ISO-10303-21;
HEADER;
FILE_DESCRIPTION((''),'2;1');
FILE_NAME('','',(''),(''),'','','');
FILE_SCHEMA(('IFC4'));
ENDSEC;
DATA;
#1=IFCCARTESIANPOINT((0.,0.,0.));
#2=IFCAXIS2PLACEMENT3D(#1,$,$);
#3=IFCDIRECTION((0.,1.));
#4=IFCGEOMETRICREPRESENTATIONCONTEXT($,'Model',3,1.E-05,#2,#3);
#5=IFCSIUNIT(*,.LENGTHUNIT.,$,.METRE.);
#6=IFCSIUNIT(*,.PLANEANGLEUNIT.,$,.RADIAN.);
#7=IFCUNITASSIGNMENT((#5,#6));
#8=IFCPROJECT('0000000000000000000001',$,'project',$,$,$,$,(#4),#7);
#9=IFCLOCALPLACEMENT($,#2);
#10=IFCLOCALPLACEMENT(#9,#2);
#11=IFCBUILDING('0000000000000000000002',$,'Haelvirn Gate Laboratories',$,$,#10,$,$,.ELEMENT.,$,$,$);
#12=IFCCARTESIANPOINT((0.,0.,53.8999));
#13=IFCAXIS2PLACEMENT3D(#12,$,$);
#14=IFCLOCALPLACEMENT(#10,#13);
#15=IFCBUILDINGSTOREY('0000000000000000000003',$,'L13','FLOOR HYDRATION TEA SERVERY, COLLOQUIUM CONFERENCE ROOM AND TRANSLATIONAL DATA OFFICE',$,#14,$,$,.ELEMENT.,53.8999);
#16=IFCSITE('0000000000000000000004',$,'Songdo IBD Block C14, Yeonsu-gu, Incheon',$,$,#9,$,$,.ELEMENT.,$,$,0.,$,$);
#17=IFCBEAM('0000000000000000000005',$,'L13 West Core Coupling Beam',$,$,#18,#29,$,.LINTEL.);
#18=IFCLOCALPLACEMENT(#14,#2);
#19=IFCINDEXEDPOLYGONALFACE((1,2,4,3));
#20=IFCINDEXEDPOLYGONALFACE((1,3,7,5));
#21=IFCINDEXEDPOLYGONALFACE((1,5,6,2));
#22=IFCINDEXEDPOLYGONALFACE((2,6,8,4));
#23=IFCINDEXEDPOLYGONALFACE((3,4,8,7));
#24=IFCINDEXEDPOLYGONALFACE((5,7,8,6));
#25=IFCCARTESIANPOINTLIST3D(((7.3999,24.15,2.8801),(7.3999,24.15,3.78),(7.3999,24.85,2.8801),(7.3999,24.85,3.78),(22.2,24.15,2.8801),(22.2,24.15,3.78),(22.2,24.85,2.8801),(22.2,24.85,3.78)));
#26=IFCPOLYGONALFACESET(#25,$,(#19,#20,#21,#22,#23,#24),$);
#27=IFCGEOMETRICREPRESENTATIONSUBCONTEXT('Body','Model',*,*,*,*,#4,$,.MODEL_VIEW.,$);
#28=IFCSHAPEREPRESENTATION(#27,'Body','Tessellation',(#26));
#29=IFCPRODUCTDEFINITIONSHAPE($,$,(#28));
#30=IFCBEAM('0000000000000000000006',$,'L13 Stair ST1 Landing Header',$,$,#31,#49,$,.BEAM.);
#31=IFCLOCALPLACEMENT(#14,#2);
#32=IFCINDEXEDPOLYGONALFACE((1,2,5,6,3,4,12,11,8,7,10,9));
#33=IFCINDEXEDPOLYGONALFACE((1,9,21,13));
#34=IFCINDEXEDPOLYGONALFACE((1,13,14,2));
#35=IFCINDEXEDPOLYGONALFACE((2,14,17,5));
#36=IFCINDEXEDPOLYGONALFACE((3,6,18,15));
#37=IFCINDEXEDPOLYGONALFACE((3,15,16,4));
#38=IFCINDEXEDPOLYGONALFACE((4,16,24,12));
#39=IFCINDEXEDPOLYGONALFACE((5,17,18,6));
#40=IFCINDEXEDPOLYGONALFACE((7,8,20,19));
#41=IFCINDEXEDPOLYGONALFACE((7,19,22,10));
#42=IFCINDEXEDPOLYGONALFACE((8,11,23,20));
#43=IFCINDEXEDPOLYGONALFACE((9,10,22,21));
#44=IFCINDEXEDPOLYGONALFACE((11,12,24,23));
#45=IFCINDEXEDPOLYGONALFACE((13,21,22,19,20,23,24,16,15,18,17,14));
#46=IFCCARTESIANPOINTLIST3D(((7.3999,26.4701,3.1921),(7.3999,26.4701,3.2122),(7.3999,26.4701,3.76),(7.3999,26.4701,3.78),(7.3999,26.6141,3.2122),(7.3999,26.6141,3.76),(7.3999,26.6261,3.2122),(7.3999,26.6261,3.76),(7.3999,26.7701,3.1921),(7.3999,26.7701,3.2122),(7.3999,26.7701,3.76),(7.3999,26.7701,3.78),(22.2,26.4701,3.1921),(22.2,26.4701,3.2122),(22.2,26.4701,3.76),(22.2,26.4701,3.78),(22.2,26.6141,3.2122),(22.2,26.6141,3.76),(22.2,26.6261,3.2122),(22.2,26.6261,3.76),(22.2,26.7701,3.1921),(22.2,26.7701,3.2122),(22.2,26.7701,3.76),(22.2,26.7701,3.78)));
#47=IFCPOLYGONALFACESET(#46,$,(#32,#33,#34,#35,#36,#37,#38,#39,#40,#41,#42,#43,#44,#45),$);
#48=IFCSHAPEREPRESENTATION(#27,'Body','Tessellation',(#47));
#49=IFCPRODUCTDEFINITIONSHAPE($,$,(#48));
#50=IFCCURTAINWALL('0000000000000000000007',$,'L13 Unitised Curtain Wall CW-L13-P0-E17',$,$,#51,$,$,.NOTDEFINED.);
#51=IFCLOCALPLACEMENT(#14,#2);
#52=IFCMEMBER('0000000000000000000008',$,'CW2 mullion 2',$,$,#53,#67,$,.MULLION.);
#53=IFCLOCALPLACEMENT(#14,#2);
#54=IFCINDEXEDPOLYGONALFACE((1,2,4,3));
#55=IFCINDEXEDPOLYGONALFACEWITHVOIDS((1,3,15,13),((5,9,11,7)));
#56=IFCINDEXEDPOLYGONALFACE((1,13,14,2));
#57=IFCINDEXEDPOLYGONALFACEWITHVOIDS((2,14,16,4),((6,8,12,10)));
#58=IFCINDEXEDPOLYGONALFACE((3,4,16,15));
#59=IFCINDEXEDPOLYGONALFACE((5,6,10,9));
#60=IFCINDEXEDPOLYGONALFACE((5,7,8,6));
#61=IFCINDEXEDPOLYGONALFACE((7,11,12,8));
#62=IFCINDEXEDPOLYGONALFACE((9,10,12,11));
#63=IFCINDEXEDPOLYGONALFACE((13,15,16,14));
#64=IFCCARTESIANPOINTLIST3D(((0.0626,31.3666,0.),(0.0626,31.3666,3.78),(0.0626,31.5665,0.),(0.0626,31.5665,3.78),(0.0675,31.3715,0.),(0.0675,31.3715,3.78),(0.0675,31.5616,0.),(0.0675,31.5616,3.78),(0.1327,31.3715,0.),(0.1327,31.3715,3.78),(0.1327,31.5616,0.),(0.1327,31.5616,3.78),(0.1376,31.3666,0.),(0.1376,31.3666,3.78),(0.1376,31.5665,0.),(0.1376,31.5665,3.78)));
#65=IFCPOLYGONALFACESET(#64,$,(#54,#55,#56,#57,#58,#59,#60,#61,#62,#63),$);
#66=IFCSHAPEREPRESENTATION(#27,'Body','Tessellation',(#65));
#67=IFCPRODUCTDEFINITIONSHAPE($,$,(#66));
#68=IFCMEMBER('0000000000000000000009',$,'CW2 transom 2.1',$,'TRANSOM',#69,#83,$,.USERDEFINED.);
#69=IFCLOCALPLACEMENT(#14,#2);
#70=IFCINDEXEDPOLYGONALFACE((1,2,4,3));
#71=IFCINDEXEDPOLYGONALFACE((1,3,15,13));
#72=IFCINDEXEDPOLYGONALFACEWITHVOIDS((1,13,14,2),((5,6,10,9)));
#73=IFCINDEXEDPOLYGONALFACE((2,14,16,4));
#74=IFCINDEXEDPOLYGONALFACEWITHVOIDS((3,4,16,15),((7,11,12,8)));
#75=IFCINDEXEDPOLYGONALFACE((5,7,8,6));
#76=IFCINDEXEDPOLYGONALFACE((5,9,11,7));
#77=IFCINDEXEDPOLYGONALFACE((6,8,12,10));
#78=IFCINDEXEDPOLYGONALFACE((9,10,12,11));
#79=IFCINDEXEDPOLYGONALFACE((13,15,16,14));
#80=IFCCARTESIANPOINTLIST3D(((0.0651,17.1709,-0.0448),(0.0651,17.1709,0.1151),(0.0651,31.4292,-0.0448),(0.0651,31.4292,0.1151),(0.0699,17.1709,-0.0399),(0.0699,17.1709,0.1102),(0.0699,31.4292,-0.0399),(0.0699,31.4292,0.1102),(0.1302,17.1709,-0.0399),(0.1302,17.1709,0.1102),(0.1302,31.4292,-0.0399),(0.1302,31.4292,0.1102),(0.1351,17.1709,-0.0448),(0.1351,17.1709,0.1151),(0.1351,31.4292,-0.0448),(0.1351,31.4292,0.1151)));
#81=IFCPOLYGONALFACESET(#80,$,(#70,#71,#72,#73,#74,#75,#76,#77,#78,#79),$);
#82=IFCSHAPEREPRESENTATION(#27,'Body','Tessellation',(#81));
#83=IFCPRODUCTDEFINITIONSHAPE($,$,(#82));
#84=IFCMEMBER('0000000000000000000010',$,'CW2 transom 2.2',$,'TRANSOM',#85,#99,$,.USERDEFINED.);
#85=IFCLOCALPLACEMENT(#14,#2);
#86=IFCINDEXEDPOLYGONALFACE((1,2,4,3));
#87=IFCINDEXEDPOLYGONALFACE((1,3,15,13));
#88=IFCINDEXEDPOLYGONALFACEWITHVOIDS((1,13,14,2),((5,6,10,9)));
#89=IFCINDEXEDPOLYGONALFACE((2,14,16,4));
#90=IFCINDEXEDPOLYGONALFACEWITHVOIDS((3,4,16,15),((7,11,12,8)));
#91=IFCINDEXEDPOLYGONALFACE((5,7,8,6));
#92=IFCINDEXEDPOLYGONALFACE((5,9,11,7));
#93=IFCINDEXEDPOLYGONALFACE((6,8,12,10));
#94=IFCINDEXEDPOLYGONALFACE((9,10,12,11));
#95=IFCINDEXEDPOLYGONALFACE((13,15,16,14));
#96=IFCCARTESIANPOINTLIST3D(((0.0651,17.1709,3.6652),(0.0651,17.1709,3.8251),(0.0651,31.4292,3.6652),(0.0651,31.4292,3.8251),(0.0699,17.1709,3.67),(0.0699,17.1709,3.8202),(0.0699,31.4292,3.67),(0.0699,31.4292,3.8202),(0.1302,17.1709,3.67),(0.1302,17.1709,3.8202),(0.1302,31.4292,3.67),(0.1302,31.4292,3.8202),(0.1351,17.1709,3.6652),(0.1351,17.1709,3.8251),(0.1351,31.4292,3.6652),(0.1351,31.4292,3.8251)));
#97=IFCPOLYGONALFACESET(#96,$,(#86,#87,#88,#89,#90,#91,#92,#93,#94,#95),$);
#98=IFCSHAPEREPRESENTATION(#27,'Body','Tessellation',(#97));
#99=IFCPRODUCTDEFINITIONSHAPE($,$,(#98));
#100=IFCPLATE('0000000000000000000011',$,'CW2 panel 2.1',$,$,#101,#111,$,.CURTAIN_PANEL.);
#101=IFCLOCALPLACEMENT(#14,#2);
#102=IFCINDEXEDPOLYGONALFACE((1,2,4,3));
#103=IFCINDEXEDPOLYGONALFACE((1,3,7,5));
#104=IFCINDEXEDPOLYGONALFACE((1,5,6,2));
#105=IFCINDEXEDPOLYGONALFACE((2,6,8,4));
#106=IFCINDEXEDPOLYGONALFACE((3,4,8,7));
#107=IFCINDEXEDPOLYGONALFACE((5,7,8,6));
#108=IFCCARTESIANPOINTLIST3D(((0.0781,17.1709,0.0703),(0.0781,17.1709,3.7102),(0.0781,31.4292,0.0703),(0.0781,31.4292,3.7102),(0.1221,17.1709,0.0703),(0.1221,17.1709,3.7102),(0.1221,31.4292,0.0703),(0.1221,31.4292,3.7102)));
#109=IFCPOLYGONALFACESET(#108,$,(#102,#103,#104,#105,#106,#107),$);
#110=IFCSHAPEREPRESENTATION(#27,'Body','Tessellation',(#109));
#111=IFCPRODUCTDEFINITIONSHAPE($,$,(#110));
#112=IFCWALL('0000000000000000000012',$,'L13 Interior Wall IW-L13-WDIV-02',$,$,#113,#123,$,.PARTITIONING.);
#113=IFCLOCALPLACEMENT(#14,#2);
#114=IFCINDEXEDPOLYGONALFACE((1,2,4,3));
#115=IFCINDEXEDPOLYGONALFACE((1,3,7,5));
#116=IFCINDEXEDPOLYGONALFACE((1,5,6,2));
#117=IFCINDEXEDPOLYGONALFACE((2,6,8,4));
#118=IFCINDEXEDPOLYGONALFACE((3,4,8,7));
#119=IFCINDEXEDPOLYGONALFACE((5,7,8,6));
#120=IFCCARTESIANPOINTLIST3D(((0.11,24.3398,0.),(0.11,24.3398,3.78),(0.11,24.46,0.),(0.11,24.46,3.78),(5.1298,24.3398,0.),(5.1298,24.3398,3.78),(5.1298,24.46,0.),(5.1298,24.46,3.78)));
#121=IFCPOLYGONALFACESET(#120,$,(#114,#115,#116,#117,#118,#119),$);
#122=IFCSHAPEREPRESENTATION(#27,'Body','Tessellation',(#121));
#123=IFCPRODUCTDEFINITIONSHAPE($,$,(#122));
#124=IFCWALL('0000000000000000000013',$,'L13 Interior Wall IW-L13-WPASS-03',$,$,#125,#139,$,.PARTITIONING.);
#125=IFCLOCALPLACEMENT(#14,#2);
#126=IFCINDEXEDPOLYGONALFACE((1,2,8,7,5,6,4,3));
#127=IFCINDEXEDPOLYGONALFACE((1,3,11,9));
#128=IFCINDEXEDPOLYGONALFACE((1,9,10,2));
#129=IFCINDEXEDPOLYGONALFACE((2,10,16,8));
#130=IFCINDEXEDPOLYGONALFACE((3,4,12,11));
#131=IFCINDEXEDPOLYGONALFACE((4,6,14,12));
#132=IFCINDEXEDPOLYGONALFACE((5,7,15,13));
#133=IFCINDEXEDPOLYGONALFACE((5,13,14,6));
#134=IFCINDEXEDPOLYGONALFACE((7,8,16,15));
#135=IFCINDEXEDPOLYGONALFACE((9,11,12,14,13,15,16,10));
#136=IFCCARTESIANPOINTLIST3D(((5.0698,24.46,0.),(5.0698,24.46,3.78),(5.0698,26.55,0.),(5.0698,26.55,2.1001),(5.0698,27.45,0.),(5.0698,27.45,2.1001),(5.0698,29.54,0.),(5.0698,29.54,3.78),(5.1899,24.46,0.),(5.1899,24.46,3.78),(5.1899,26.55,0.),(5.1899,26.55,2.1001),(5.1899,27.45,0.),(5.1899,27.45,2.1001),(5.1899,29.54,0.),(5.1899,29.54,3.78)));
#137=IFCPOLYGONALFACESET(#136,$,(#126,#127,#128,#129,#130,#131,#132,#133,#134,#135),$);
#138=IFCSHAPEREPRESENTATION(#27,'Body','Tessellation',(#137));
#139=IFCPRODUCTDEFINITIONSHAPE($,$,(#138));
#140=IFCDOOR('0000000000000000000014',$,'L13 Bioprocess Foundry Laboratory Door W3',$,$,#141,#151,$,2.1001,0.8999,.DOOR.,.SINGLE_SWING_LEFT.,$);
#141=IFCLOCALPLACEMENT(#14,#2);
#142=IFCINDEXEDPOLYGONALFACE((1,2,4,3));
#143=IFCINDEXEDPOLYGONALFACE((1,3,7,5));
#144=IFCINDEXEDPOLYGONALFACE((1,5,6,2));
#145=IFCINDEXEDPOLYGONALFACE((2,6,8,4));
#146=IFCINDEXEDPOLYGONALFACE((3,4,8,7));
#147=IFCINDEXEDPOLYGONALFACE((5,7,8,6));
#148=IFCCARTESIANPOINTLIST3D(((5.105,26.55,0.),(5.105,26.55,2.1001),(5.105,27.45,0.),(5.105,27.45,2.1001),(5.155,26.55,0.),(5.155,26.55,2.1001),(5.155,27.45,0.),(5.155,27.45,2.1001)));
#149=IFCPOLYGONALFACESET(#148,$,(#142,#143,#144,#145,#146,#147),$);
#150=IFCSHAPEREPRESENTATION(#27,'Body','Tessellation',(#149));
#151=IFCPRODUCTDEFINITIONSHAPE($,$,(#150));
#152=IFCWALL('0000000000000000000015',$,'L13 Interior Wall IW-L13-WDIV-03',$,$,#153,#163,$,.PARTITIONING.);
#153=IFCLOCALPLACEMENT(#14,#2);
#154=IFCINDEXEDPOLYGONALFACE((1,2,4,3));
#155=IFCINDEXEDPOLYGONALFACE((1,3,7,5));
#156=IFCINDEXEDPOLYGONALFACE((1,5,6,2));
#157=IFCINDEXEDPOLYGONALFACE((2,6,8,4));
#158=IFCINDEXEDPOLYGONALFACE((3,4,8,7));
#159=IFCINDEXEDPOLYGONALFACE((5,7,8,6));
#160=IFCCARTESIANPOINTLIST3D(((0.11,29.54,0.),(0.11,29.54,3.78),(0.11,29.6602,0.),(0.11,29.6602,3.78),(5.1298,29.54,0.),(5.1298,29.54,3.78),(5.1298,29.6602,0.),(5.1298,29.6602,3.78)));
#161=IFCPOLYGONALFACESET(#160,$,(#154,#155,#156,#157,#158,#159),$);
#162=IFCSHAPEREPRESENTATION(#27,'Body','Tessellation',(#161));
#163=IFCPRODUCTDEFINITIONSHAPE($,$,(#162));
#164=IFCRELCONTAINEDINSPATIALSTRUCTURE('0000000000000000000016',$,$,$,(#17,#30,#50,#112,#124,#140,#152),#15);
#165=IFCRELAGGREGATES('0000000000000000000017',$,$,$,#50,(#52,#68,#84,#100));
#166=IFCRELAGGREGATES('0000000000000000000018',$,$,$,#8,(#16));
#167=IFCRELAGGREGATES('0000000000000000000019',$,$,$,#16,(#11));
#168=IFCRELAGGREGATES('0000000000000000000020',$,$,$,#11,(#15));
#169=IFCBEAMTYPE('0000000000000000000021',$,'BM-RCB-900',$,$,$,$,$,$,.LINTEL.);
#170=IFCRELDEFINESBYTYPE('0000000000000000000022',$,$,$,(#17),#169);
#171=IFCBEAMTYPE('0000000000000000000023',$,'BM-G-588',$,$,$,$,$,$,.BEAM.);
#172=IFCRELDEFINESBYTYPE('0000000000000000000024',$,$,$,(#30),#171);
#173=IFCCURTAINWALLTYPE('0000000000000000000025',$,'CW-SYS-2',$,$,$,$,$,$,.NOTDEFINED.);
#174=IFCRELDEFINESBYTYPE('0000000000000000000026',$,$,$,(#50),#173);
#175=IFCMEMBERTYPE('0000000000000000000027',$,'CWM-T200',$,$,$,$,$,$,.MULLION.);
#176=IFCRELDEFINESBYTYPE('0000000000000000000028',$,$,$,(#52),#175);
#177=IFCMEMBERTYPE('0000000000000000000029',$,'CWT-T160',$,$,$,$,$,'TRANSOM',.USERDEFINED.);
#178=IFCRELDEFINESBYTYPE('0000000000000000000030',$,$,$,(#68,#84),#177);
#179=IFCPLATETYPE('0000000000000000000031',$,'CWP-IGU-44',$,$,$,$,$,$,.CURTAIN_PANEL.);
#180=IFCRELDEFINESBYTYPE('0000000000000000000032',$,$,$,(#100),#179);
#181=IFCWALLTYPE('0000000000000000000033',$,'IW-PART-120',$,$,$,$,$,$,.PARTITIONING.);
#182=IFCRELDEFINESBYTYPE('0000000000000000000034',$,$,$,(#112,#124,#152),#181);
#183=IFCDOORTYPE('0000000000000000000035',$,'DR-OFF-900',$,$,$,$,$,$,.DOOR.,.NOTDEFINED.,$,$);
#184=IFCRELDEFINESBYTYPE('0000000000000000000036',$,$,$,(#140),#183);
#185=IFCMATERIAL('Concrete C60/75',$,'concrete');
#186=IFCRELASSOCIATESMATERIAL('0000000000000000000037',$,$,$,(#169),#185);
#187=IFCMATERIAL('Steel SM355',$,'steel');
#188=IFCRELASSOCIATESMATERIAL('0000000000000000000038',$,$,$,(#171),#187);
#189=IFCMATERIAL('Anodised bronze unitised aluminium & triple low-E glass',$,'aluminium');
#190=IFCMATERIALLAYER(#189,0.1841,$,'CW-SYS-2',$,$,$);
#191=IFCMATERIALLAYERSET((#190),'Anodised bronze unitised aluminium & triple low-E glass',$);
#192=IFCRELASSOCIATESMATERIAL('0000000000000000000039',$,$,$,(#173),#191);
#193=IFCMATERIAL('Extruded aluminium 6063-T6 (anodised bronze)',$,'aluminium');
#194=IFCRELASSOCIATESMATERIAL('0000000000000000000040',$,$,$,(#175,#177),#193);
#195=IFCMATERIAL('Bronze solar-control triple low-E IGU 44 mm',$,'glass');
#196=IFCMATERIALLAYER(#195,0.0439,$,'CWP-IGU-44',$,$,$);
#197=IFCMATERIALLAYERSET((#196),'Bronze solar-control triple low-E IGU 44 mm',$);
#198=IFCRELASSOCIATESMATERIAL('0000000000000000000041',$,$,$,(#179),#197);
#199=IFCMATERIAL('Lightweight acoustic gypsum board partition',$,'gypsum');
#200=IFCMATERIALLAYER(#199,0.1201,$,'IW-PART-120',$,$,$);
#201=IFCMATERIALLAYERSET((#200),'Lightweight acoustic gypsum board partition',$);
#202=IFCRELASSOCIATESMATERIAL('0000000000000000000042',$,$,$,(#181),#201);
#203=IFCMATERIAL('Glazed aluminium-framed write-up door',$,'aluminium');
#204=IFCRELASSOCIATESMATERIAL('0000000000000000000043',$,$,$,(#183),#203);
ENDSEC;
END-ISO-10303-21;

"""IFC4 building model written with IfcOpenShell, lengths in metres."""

from ifc_helpers import new_model, si_unit, direction, frame, frame_2d, origin, origin_2d, place, context, subcontext, project, spatial, rectangle, hollow_rectangle, i_section, extrude, source, transform, mapped, material, layer, layer_set, material_profile, profile_set, type_object, type_shapes, element, fill, aggregate, save


model = new_model("IFC4")

# Units and contexts
model_context = context("Model", 3, precision=1e-05, world=origin(), true_north=direction((0.0, 1.0)))
body_context = subcontext(model_context, "Body", "Model", "MODEL_VIEW")
ifc_project = project(units=[si_unit("LENGTHUNIT", "METRE"), si_unit("PLANEANGLEUNIT", "RADIAN")], contexts=[model_context])

# Site, building, storey
site_placement = place(None, origin())
site = spatial("IfcSite", under=ifc_project, at=site_placement, Name="Songdo IBD Block C14, Yeonsu-gu, Incheon", CompositionType="ELEMENT", RefElevation=0.0)
building_placement = place(site_placement, origin())
building = spatial("IfcBuilding", under=site, at=building_placement, Name="Haelvirn Gate Laboratories", CompositionType="ELEMENT")
storey_placement = place(building_placement, frame((0.0, 0.0, 53.8999)))
storey = spatial("IfcBuildingStorey", under=building, at=storey_placement, Name="L13", Description="FLOOR HYDRATION TEA SERVERY, COLLOQUIUM CONFERENCE ROOM AND TRANSLATIONAL DATA OFFICE", CompositionType="ELEMENT", Elevation=53.8999)

# Beams
ifc_material_1 = material(Name="Concrete C60/75", Category="concrete")
ifc_material_profile_1 = material_profile(ifc_material_1, rectangle(XDim=0.7, YDim=0.8999, at=origin_2d()), Name="RCB-700x900")
ifc_profile_set_1 = profile_set([ifc_material_profile_1], Name="Concrete C60/75")
beam_type_1 = type_object("IfcBeamType", Name="BM-RCB-900", PredefinedType="LINTEL", material=ifc_profile_set_1)
shared_shape_1 = source(origin(), body_context, "Body", "SweptSolid", [
    extrude(rectangle(XDim=0.7, YDim=0.8999, at=origin_2d()), origin(), (0.0, 0.0, 1.0), 14.8),
])
type_shapes(beam_type_1, [shared_shape_1])
beam_1_placement = place(storey_placement, frame((7.3999, 24.5, 3.3301), z_axis=(1.0, 0.0, 0.0), x_axis=(0.0, 1.0, 0.0)))
element("IfcBeam", 1, at=beam_1_placement, inside=storey, type_object=beam_type_1, Name="L13 West Core Coupling Beam", PredefinedType="LINTEL", context=body_context, shape_type="MappedRepresentation", body=[
    mapped(shared_shape_1, transform((0.0, 0.0, 0.0), scale=1.0)),
])
ifc_material_2 = material(Name="Steel SM355", Category="steel")
ifc_material_profile_2 = material_profile(ifc_material_2, i_section(OverallWidth=0.3, OverallDepth=0.5879, WebThickness=0.012, FlangeThickness=0.02, at=origin_2d()), Name="H-588x300x12x20")
ifc_profile_set_2 = profile_set([ifc_material_profile_2], Name="Steel SM355")
beam_type_2 = type_object("IfcBeamType", Name="BM-G-588", PredefinedType="BEAM", material=ifc_profile_set_2)
shared_shape_2 = source(origin(), body_context, "Body", "SweptSolid", [
    extrude(i_section(OverallWidth=0.3, OverallDepth=0.5879, WebThickness=0.012, FlangeThickness=0.02, at=origin_2d()), origin(), (0.0, 0.0, 1.0), 14.8),
])
type_shapes(beam_type_2, [shared_shape_2])
beam_2_placement = place(storey_placement, frame((7.3999, 26.6201, 3.4861), z_axis=(1.0, 0.0, 0.0), x_axis=(0.0, 1.0, 0.0)))
element("IfcBeam", 2, at=beam_2_placement, inside=storey, type_object=beam_type_2, Name="L13 Stair ST1 Landing Header", PredefinedType="BEAM", context=body_context, shape_type="MappedRepresentation", body=[
    mapped(shared_shape_2, transform((0.0, 0.0, 0.0), scale=1.0)),
])

# Curtain wall, members, plate
ifc_material_3 = material(Name="Anodised bronze unitised aluminium & triple low-E glass", Category="aluminium")
ifc_layer_1 = layer(ifc_material_3, 0.1841, Name="CW-SYS-2")
ifc_layer_set_1 = layer_set([ifc_layer_1], Name="Anodised bronze unitised aluminium & triple low-E glass")
curtain_wall_type = type_object("IfcCurtainWallType", Name="CW-SYS-2", PredefinedType="NOTDEFINED", material=ifc_layer_set_1)
curtain_wall_placement = place(storey_placement, origin())
curtain_wall = element("IfcCurtainWall", 3, at=curtain_wall_placement, inside=storey, type_object=curtain_wall_type, Name="L13 Unitised Curtain Wall CW-L13-P0-E17", PredefinedType="NOTDEFINED")
ifc_material_4 = material(Name="Extruded aluminium 6063-T6 (anodised bronze)", Category="aluminium")
ifc_material_profile_3 = material_profile(ifc_material_4, hollow_rectangle(XDim=0.075, YDim=0.2, WallThickness=0.0049, at=origin_2d()), Name="CWM-200x75x5")
ifc_profile_set_3 = profile_set([ifc_material_profile_3], Name="Extruded aluminium 6063-T6 (anodised bronze)")
member_type_1 = type_object("IfcMemberType", Name="CWM-T200", PredefinedType="MULLION", material=ifc_profile_set_3)
shared_shape_3 = source(origin(), body_context, "Body", "SweptSolid", [
    extrude(hollow_rectangle(XDim=0.075, YDim=0.2, WallThickness=0.0049, at=origin_2d()), origin(), (0.0, 0.0, 1.0), 3.78),
])
type_shapes(member_type_1, [shared_shape_3])
member_1_placement = place(storey_placement, frame((0.1001, 31.4666, 0.0), z_axis=(0.0, 0.0, 1.0), x_axis=(1.0, 0.0, 0.0)))
member_1 = element("IfcMember", 4, at=member_1_placement, type_object=member_type_1, Name="CW2 mullion 2", PredefinedType="MULLION", context=body_context, shape_type="MappedRepresentation", body=[
    mapped(shared_shape_3, transform((0.0, 0.0, 0.0), scale=1.0)),
])
ifc_material_profile_4 = material_profile(ifc_material_4, hollow_rectangle(XDim=0.0701, YDim=0.1599, WallThickness=0.0049, at=origin_2d()), Name="CWT-160x70x5")
ifc_profile_set_4 = profile_set([ifc_material_profile_4], Name="Extruded aluminium 6063-T6 (anodised bronze)")
member_type_2 = type_object("IfcMemberType", Name="CWT-T160", ElementType="TRANSOM", PredefinedType="USERDEFINED", material=ifc_profile_set_4)
shared_shape_4 = source(origin(), body_context, "Body", "SweptSolid", [
    extrude(hollow_rectangle(XDim=0.0701, YDim=0.1599, WallThickness=0.0049, at=origin_2d()), origin(), (0.0, 0.0, 1.0), 14.2583),
])
type_shapes(member_type_2, [shared_shape_4])
member_2_placement = place(storey_placement, frame((0.1001, 31.4292, 0.0352), z_axis=(0.0, -1.0, 0.0), x_axis=(1.0, 0.0, 0.0)))
member_2 = element("IfcMember", 5, at=member_2_placement, type_object=member_type_2, Name="CW2 transom 2.1", ObjectType="TRANSOM", PredefinedType="USERDEFINED", context=body_context, shape_type="MappedRepresentation", body=[
    mapped(shared_shape_4, transform((0.0, 0.0, 0.0), scale=1.0)),
])
member_3_placement = place(storey_placement, frame((0.1001, 31.4292, 3.7451), z_axis=(0.0, -1.0, 0.0), x_axis=(1.0, 0.0, 0.0)))
member_3 = element("IfcMember", 6, at=member_3_placement, type_object=member_type_2, Name="CW2 transom 2.2", ObjectType="TRANSOM", PredefinedType="USERDEFINED", context=body_context, shape_type="MappedRepresentation", body=[
    mapped(shared_shape_4, transform((0.0, 0.0, 0.0), scale=1.0)),
])
ifc_material_5 = material(Name="Bronze solar-control triple low-E IGU 44 mm", Category="glass")
ifc_layer_2 = layer(ifc_material_5, 0.0439, Name="CWP-IGU-44")
ifc_layer_set_2 = layer_set([ifc_layer_2], Name="Bronze solar-control triple low-E IGU 44 mm")
plate_type = type_object("IfcPlateType", Name="CWP-IGU-44", PredefinedType="CURTAIN_PANEL", material=ifc_layer_set_2)
shared_shape_5 = source(origin(), body_context, "Body", "SweptSolid", [
    extrude(rectangle(XDim=14.2583, YDim=0.0439, at=origin_2d()), origin(), (0.0, 0.0, 1.0), 3.6399),
])
type_shapes(plate_type, [shared_shape_5])
plate_placement = place(storey_placement, frame((0.1001, 24.3, 0.0703), z_axis=(0.0, 0.0, 1.0), x_axis=(0.0, -1.0, 0.0)))
plate = element("IfcPlate", 7, at=plate_placement, type_object=plate_type, Name="CW2 panel 2.1", PredefinedType="CURTAIN_PANEL", context=body_context, shape_type="MappedRepresentation", body=[
    mapped(shared_shape_5, transform((0.0, 0.0, 0.0), scale=1.0)),
])
aggregate(curtain_wall, [member_1, member_2, member_3, plate])

# Wall
ifc_material_6 = material(Name="Lightweight acoustic gypsum board partition", Category="gypsum")
ifc_layer_3 = layer(ifc_material_6, 0.1201, Name="IW-PART-120")
ifc_layer_set_3 = layer_set([ifc_layer_3], Name="Lightweight acoustic gypsum board partition")
wall_type_1 = type_object("IfcWallType", Name="IW-PART-120", PredefinedType="PARTITIONING", material=ifc_layer_set_3)
wall_1_placement = place(storey_placement, frame((0.1101, 24.3999, 0.0), z_axis=(0.0, 0.0, 1.0), x_axis=(1.0, 0.0, 0.0)))
element("IfcWall", 8, at=wall_1_placement, inside=storey, type_object=wall_type_1, Name="L13 Interior Wall IW-L13-WDIV-02", PredefinedType="PARTITIONING", context=body_context, shape_type="SweptSolid", body=[
    extrude(rectangle(XDim=5.0198, YDim=0.1201, at=frame_2d((2.5098, 0.0))), origin(), (0.0, 0.0, 1.0), 3.78),
])

# Wall, opening, door
wall_2_placement = place(storey_placement, frame((5.1299, 24.46, 0.0), z_axis=(0.0, 0.0, 1.0), x_axis=(0.0, 1.0, 0.0)))
wall_2 = element("IfcWall", 9, at=wall_2_placement, inside=storey, type_object=wall_type_1, Name="L13 Interior Wall IW-L13-WPASS-03", PredefinedType="PARTITIONING", context=body_context, shape_type="SweptSolid", body=[
    extrude(rectangle(XDim=5.0801, YDim=0.1201, at=frame_2d((2.54, 0.0))), origin(), (0.0, 0.0, 1.0), 3.78),
])
opening_1_placement = place(wall_2_placement, frame((2.0901, 0.0, 0.0)))
opening_1 = element("IfcOpeningElement", 10, at=opening_1_placement, cuts=wall_2, PredefinedType="OPENING", context=body_context, shape_type="SweptSolid", body=[
    extrude(rectangle(XDim=0.8999, YDim=2.1001, at=frame_2d((0.45, 1.05))), frame((0.0, 0.0701, 0.0), z_axis=(0.0, -1.0, 0.0), x_axis=(1.0, 0.0, 0.0)), (0.0, 0.0, 1.0), 0.1401),
])
ifc_material_7 = material(Name="Glazed aluminium-framed write-up door", Category="aluminium")
door_type = type_object("IfcDoorType", Name="DR-OFF-900", OperationType="NOTDEFINED", PredefinedType="DOOR", material=ifc_material_7)
shared_shape_6 = source(origin(), body_context, "Body", "SweptSolid", [
    extrude(rectangle(XDim=0.8999, YDim=2.1001, at=frame_2d((0.45, 1.05))), frame((0.0, 0.0249, 0.0), z_axis=(0.0, -1.0, 0.0), x_axis=(1.0, 0.0, 0.0)), (0.0, 0.0, 1.0), 0.05),
])
type_shapes(door_type, [shared_shape_6])
door_1_placement = place(opening_1_placement, origin())
door_1 = element("IfcDoor", 11, at=door_1_placement, inside=storey, type_object=door_type, Name="L13 Bioprocess Foundry Laboratory Door W3", OperationType="SINGLE_SWING_LEFT", OverallHeight=2.1001, OverallWidth=0.8999, PredefinedType="DOOR", context=body_context, shape_type="MappedRepresentation", body=[
    mapped(shared_shape_6, transform((0.0, 0.0, 0.0), scale=1.0)),
])
fill(opening_1, door_1)

# Wall
wall_3_placement = place(storey_placement, frame((0.1101, 29.6001, 0.0), z_axis=(0.0, 0.0, 1.0), x_axis=(1.0, 0.0, 0.0)))
element("IfcWall", 12, at=wall_3_placement, inside=storey, type_object=wall_type_1, Name="L13 Interior Wall IW-L13-WDIV-03", PredefinedType="PARTITIONING", context=body_context, shape_type="SweptSolid", body=[
    extrude(rectangle(XDim=5.0198, YDim=0.1201, at=frame_2d((2.5098, 0.0))), origin(), (0.0, 0.0, 1.0), 3.78),
])

save(model, "model.ifc")
